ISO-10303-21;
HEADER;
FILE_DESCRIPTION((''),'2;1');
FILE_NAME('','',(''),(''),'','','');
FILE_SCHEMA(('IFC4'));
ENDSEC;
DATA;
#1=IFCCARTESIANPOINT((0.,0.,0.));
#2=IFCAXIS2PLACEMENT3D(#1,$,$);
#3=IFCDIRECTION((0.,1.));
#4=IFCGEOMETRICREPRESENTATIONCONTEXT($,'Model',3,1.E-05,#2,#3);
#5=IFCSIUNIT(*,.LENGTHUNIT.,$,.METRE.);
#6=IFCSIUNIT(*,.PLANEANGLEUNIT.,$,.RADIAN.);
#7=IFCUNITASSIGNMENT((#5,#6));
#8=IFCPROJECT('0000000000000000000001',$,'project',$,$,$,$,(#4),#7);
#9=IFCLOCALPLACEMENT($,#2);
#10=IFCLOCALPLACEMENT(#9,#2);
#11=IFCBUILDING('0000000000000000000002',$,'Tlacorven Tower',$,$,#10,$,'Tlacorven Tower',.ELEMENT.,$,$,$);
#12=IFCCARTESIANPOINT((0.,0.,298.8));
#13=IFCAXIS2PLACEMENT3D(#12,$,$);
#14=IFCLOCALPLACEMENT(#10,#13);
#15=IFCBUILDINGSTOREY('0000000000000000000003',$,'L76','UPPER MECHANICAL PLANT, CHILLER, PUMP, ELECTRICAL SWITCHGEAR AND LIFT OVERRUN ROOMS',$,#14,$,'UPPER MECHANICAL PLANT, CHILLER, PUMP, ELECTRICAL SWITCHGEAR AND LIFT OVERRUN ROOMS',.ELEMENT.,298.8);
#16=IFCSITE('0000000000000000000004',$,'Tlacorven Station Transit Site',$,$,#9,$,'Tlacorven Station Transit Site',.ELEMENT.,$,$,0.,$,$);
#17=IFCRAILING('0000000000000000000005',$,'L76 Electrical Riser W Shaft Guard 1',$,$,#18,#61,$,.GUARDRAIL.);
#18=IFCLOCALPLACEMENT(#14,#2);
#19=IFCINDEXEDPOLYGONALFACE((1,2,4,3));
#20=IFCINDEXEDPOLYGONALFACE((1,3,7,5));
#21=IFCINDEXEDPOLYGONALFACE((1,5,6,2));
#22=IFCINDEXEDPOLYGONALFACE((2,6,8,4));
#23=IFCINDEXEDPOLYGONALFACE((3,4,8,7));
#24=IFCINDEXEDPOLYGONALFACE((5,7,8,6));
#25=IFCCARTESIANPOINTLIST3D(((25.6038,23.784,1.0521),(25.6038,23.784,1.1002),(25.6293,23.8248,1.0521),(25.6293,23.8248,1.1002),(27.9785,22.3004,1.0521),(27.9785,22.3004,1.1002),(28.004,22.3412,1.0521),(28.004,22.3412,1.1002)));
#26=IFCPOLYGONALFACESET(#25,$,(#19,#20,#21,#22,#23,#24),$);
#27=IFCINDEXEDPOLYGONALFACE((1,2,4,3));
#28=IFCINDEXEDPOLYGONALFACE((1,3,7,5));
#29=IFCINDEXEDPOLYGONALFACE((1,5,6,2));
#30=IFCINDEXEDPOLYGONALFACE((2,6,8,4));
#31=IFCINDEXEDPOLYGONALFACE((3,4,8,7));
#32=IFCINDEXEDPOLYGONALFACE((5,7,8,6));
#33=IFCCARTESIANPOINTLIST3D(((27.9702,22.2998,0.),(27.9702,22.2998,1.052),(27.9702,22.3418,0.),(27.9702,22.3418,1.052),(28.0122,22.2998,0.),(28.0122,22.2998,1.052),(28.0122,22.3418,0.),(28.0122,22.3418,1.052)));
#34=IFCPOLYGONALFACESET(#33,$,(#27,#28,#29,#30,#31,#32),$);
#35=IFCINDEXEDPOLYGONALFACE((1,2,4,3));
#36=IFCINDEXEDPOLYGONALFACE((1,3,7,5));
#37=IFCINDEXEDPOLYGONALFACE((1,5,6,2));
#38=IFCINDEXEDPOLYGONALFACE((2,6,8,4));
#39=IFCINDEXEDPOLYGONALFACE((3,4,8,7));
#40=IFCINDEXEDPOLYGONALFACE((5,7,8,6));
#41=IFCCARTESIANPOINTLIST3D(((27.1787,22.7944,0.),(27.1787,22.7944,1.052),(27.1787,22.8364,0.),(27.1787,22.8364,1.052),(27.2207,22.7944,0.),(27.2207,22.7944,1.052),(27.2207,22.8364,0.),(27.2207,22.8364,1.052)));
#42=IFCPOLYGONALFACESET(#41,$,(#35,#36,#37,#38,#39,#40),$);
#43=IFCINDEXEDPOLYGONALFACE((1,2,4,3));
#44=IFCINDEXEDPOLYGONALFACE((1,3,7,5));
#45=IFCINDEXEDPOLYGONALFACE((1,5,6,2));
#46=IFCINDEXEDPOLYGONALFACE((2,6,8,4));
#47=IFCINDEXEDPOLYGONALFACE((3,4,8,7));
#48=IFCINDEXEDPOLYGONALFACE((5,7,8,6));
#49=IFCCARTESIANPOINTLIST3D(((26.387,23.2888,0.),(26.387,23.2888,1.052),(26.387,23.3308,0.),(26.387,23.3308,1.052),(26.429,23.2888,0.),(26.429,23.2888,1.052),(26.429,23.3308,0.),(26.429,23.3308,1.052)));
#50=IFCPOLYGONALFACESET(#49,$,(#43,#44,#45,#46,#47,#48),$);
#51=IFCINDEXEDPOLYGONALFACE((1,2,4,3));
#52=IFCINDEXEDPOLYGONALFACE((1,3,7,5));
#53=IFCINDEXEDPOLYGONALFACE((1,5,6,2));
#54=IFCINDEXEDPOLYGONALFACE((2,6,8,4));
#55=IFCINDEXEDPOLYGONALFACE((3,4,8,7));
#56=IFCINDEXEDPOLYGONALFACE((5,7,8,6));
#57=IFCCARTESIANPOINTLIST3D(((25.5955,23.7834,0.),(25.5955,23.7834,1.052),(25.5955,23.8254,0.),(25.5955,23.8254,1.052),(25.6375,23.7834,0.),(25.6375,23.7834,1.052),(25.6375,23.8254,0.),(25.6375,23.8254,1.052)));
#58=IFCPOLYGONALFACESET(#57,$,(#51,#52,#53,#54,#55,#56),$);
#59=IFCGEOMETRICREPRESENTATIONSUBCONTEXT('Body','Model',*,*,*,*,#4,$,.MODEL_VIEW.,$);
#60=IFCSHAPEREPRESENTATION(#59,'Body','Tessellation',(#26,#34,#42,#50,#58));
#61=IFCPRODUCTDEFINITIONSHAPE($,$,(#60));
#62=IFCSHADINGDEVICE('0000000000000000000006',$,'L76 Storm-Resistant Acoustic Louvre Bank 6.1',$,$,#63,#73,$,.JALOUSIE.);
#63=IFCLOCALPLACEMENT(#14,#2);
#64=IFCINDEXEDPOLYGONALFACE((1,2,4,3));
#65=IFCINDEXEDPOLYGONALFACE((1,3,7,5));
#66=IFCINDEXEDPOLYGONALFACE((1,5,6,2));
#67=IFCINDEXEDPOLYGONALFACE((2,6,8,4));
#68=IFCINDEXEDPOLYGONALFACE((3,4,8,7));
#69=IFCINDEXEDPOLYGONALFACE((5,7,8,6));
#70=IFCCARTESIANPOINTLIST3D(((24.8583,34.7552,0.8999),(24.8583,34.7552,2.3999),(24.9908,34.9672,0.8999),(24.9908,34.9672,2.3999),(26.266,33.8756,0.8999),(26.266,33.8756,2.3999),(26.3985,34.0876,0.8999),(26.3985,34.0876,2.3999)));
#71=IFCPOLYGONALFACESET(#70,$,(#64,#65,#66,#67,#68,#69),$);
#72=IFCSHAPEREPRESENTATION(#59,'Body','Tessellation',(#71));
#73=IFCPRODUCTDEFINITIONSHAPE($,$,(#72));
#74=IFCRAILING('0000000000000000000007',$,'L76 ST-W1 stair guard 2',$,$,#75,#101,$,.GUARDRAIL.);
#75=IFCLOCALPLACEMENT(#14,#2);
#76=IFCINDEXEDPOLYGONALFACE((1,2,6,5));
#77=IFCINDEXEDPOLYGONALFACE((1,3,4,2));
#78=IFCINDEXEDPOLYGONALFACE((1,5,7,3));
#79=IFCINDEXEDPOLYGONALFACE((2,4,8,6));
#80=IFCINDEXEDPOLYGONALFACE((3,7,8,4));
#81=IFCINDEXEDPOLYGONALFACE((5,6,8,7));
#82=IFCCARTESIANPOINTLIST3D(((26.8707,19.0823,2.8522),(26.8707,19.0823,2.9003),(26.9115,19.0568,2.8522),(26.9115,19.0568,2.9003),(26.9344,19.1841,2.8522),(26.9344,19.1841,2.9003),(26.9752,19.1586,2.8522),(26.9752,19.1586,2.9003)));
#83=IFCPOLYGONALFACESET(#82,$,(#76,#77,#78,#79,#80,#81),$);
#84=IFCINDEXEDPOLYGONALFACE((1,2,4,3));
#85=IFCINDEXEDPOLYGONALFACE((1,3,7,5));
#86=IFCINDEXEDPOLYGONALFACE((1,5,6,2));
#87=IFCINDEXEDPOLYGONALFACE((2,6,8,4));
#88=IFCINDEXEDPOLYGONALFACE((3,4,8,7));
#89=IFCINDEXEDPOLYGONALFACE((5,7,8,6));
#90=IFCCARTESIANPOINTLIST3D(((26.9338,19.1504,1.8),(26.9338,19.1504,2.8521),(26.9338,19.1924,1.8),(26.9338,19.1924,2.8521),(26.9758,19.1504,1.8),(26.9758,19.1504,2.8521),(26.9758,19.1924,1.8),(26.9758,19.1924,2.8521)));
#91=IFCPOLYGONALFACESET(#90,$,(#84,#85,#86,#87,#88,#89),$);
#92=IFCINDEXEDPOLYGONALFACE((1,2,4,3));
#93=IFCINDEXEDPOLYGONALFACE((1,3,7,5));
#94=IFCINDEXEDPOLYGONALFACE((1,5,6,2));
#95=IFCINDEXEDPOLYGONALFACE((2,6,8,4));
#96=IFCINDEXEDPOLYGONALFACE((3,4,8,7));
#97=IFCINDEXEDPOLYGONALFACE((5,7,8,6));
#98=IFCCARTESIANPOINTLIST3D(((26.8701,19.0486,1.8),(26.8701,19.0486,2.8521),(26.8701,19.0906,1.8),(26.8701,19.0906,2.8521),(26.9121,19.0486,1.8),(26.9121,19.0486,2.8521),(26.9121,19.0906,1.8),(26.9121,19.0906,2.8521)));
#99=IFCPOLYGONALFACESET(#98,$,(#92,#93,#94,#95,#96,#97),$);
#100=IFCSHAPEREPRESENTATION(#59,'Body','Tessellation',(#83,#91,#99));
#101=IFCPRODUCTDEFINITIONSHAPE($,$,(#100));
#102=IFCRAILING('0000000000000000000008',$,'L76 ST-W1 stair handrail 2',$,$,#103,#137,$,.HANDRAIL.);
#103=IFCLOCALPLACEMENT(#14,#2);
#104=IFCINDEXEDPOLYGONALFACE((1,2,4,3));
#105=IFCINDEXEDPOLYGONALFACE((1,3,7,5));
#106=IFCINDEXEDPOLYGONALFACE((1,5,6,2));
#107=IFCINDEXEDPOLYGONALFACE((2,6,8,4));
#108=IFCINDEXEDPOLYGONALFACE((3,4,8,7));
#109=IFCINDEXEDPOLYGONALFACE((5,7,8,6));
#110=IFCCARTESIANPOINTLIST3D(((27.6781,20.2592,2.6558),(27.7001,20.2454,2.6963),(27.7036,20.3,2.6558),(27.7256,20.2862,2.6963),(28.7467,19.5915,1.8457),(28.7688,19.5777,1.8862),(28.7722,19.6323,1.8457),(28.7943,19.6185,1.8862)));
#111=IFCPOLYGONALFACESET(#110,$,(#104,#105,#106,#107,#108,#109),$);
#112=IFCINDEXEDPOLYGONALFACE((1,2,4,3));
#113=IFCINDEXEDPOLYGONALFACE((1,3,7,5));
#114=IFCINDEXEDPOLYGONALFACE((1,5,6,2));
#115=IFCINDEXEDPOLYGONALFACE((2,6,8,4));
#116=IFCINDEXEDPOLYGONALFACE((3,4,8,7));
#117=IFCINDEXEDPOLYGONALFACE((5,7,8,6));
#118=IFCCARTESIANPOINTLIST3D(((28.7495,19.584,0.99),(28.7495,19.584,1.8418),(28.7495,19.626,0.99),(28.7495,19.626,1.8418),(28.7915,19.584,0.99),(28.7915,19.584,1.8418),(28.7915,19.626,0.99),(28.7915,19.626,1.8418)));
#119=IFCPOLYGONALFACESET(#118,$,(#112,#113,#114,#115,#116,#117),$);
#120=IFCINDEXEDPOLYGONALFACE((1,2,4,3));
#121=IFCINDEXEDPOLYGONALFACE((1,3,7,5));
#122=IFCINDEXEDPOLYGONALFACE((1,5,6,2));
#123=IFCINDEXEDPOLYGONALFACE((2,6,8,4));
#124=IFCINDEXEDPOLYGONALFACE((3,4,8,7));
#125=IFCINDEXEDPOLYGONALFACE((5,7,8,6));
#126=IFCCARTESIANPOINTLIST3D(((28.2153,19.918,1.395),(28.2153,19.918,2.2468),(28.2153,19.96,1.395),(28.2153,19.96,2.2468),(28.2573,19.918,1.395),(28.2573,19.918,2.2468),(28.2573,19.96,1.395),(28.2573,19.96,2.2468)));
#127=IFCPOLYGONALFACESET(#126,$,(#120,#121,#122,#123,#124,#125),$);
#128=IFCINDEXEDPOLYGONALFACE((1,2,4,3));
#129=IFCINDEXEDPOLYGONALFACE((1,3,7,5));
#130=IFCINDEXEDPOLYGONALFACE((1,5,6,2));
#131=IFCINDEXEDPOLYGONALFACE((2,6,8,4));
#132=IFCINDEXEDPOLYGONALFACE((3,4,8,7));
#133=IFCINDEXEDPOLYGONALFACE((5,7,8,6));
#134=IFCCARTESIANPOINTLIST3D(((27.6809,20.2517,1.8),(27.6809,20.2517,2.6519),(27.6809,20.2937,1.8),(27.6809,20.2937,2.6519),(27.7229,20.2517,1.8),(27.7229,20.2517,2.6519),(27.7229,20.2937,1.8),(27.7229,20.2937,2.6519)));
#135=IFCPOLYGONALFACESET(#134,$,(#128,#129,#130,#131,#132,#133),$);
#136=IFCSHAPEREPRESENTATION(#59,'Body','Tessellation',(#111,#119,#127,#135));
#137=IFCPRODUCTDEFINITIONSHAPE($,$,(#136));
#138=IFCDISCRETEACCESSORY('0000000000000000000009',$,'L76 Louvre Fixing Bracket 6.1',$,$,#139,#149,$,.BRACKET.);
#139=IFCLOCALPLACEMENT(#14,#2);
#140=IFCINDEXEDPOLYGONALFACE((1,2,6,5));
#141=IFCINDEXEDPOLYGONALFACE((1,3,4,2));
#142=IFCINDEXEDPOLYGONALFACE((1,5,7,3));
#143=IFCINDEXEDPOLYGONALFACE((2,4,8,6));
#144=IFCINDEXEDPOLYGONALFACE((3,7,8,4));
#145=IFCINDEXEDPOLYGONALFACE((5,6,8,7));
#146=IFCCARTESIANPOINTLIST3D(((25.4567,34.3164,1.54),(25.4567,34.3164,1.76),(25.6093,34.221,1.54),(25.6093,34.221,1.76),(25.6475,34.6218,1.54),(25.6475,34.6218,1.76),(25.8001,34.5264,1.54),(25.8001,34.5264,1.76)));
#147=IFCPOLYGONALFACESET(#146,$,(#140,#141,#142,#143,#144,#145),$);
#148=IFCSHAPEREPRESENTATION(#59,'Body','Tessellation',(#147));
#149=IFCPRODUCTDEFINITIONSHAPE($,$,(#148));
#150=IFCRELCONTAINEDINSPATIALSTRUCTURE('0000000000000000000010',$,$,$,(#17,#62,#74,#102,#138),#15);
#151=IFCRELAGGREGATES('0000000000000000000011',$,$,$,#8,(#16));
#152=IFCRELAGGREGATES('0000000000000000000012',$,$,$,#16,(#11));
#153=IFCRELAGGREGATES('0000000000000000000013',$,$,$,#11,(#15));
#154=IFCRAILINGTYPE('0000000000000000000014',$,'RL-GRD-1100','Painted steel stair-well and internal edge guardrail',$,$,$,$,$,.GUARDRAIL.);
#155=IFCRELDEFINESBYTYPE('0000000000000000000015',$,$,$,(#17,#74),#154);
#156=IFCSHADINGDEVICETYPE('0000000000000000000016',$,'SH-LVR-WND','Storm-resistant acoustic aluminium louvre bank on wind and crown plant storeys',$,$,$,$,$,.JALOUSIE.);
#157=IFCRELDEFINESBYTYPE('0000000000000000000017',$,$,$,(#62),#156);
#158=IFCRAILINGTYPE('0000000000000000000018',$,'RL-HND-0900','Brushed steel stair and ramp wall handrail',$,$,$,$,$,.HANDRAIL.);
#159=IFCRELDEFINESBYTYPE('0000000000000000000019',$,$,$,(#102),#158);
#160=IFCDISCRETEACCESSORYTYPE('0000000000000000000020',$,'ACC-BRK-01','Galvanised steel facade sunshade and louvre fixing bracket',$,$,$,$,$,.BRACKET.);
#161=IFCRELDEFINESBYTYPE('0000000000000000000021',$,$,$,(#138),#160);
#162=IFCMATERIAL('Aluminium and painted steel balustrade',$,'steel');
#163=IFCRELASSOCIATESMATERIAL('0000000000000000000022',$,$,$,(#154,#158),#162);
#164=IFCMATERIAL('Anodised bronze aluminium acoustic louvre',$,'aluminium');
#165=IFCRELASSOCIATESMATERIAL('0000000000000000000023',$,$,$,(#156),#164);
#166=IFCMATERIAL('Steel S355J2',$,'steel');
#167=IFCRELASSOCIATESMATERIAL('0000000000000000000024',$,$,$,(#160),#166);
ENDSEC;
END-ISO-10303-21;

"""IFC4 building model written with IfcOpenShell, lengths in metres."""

from ifc_helpers import new_model, si_unit, direction, frame, origin, origin_2d, place, context, subcontext, project, spatial, rectangle, extrude, source, transform, mapped, material, type_object, element, save


model = new_model("IFC4")

# Units and contexts
model_context = context("Model", 3, precision=1e-05, world=origin(), true_north=direction((0.0, 1.0)))
body_context = subcontext(model_context, "Body", "Model", "MODEL_VIEW")
ifc_project = project(units=[si_unit("LENGTHUNIT", "METRE"), si_unit("PLANEANGLEUNIT", "RADIAN")], contexts=[model_context])

# Site, building, storey
site_placement = place(None, origin())
site = spatial("IfcSite", under=ifc_project, at=site_placement, Name="Tlacorven Station Transit Site", LongName="Tlacorven Station Transit Site", CompositionType="ELEMENT", RefElevation=0.0)
building_placement = place(site_placement, origin())
building = spatial("IfcBuilding", under=site, at=building_placement, Name="Tlacorven Tower", LongName="Tlacorven Tower", CompositionType="ELEMENT")
storey_placement = place(building_placement, frame((0.0, 0.0, 298.8)))
storey = spatial("IfcBuildingStorey", under=building, at=storey_placement, Name="L76", Description="UPPER MECHANICAL PLANT, CHILLER, PUMP, ELECTRICAL SWITCHGEAR AND LIFT OVERRUN ROOMS", LongName="UPPER MECHANICAL PLANT, CHILLER, PUMP, ELECTRICAL SWITCHGEAR AND LIFT OVERRUN ROOMS", CompositionType="ELEMENT", Elevation=298.8)

# Shared definitions
ifc_material_1 = material(Name="Steel S355J2", Category="steel")

# Railing
ifc_material_2 = material(Name="Aluminium and painted steel balustrade", Category="steel")
railing_type_1 = type_object("IfcRailingType", Name="RL-GRD-1100", Description="Painted steel stair-well and internal edge guardrail", PredefinedType="GUARDRAIL", material=ifc_material_2)
shared_shape_1 = source(origin(), body_context, "Body", "SweptSolid", [
    extrude(rectangle(XDim=0.0481, YDim=0.0481, at=origin_2d()), frame((0.0, 0.0, 1.0762), z_axis=(-0.848091, 0.52985, 0.0), x_axis=(-0.52985, -0.848091, 0.0)), (0.0, 0.0, 1.0), 2.8),
    extrude(rectangle(XDim=0.042, YDim=0.042, at=origin_2d()), origin(), (0.0, 0.0, 1.0), 1.052),
    extrude(rectangle(XDim=0.042, YDim=0.042, at=origin_2d()), frame((-0.7915, 0.4946, 0.0)), (0.0, 0.0, 1.0), 1.052),
    extrude(rectangle(XDim=0.042, YDim=0.042, at=origin_2d()), frame((-1.5833, 0.989, 0.0)), (0.0, 0.0, 1.0), 1.052),
    extrude(rectangle(XDim=0.042, YDim=0.042, at=origin_2d()), frame((-2.3748, 1.4836, 0.0)), (0.0, 0.0, 1.0), 1.052),
])
railing_1_placement = place(storey_placement, frame((27.9912, 22.3208, 0.0)))
element("IfcRailing", 1, at=railing_1_placement, inside=storey, type_object=railing_type_1, Name="L76 Electrical Riser W Shaft Guard 1", PredefinedType="GUARDRAIL", context=body_context, shape_type="MappedRepresentation", body=[
    mapped(shared_shape_1, transform((0.0, 0.0, 0.0), scale=1.0)),
])

# Shading device
ifc_material_3 = material(Name="Anodised bronze aluminium acoustic louvre", Category="aluminium")
shading_device_type = type_object("IfcShadingDeviceType", Name="SH-LVR-WND", Description="Storm-resistant acoustic aluminium louvre bank on wind and crown plant storeys", PredefinedType="JALOUSIE", material=ifc_material_3)
shared_shape_2 = source(origin(), body_context, "Body", "SweptSolid", [
    extrude(rectangle(XDim=1.6599, YDim=0.25, at=origin_2d()), origin(), (0.0, 0.0, 1.0), 1.5),
])
shading_device_placement = place(storey_placement, frame((25.6284, 34.4214, 0.8999), z_axis=(0.0, 0.0, 1.0), x_axis=(0.848048, -0.529919, 0.0)))
element("IfcShadingDevice", 2, at=shading_device_placement, inside=storey, type_object=shading_device_type, Name="L76 Storm-Resistant Acoustic Louvre Bank 6.1", PredefinedType="JALOUSIE", context=body_context, shape_type="MappedRepresentation", body=[
    mapped(shared_shape_2, transform((0.0, 0.0, 0.0), scale=1.0)),
])

# Railings
shared_shape_3 = source(origin(), body_context, "Body", "SweptSolid", [
    extrude(rectangle(XDim=0.0481, YDim=0.0481, at=origin_2d()), frame((0.0, 0.0, 1.0762), z_axis=(-0.530547, -0.847656, 0.0), x_axis=(0.847656, -0.530547, 0.0)), (0.0, 0.0, 1.0), 0.1201),
    extrude(rectangle(XDim=0.042, YDim=0.042, at=origin_2d()), origin(), (0.0, 0.0, 1.0), 1.052),
    extrude(rectangle(XDim=0.042, YDim=0.042, at=origin_2d()), frame((-0.0637, -0.1018, 0.0)), (0.0, 0.0, 1.0), 1.052),
])
railing_2_placement = place(storey_placement, frame((26.9548, 19.1714, 1.8)))
element("IfcRailing", 3, at=railing_2_placement, inside=storey, type_object=railing_type_1, Name="L76 ST-W1 stair guard 2", PredefinedType="GUARDRAIL", context=body_context, shape_type="MappedRepresentation", body=[
    mapped(shared_shape_3, transform((0.0, 0.0, 0.0), scale=1.0)),
])
railing_type_2 = type_object("IfcRailingType", Name="RL-HND-0900", Description="Brushed steel stair and ramp wall handrail", PredefinedType="HANDRAIL", material=ifc_material_2)
shared_shape_4 = source(origin(), body_context, "Body", "SweptSolid", [
    extrude(rectangle(XDim=0.0481, YDim=0.0481, at=origin_2d()), frame((0.0, 0.0, 0.876), z_axis=(-0.71336, 0.445748, 0.540765), x_axis=(-0.529912, -0.848053, 0.0)), (0.0, 0.0, 1.0), 1.498),
    extrude(rectangle(XDim=0.042, YDim=0.042, at=origin_2d()), origin(), (0.0, 0.0, 1.0), 0.8518),
    extrude(rectangle(XDim=0.042, YDim=0.042, at=origin_2d()), frame((-0.5342, 0.334, 0.405)), (0.0, 0.0, 1.0), 0.8518),
    extrude(rectangle(XDim=0.042, YDim=0.042, at=origin_2d()), frame((-1.0686, 0.6677, 0.8101)), (0.0, 0.0, 1.0), 0.8518),
])
railing_3_placement = place(storey_placement, frame((28.7705, 19.605, 0.99)))
element("IfcRailing", 4, at=railing_3_placement, inside=storey, type_object=railing_type_2, Name="L76 ST-W1 stair handrail 2", PredefinedType="HANDRAIL", context=body_context, shape_type="MappedRepresentation", body=[
    mapped(shared_shape_4, transform((0.0, 0.0, 0.0), scale=1.0)),
])

# Discrete accessory
discrete_accessory_type = type_object("IfcDiscreteAccessoryType", Name="ACC-BRK-01", Description="Galvanised steel facade sunshade and louvre fixing bracket", PredefinedType="BRACKET", material=ifc_material_1)
shared_shape_5 = source(origin(), body_context, "Body", "SweptSolid", [
    extrude(rectangle(XDim=0.1799, YDim=0.3601, at=origin_2d()), origin(), (0.0, 0.0, 1.0), 0.22),
])
discrete_accessory_placement = place(storey_placement, frame((25.6284, 34.4214, 1.54), z_axis=(0.0, 0.0, 1.0), x_axis=(0.848048, -0.529919, 0.0)))
element("IfcDiscreteAccessory", 5, at=discrete_accessory_placement, inside=storey, type_object=discrete_accessory_type, Name="L76 Louvre Fixing Bracket 6.1", PredefinedType="BRACKET", context=body_context, shape_type="MappedRepresentation", body=[
    mapped(shared_shape_5, transform((0.0, 0.0, 0.0), scale=1.0)),
])

save(model, "model.ifc")
